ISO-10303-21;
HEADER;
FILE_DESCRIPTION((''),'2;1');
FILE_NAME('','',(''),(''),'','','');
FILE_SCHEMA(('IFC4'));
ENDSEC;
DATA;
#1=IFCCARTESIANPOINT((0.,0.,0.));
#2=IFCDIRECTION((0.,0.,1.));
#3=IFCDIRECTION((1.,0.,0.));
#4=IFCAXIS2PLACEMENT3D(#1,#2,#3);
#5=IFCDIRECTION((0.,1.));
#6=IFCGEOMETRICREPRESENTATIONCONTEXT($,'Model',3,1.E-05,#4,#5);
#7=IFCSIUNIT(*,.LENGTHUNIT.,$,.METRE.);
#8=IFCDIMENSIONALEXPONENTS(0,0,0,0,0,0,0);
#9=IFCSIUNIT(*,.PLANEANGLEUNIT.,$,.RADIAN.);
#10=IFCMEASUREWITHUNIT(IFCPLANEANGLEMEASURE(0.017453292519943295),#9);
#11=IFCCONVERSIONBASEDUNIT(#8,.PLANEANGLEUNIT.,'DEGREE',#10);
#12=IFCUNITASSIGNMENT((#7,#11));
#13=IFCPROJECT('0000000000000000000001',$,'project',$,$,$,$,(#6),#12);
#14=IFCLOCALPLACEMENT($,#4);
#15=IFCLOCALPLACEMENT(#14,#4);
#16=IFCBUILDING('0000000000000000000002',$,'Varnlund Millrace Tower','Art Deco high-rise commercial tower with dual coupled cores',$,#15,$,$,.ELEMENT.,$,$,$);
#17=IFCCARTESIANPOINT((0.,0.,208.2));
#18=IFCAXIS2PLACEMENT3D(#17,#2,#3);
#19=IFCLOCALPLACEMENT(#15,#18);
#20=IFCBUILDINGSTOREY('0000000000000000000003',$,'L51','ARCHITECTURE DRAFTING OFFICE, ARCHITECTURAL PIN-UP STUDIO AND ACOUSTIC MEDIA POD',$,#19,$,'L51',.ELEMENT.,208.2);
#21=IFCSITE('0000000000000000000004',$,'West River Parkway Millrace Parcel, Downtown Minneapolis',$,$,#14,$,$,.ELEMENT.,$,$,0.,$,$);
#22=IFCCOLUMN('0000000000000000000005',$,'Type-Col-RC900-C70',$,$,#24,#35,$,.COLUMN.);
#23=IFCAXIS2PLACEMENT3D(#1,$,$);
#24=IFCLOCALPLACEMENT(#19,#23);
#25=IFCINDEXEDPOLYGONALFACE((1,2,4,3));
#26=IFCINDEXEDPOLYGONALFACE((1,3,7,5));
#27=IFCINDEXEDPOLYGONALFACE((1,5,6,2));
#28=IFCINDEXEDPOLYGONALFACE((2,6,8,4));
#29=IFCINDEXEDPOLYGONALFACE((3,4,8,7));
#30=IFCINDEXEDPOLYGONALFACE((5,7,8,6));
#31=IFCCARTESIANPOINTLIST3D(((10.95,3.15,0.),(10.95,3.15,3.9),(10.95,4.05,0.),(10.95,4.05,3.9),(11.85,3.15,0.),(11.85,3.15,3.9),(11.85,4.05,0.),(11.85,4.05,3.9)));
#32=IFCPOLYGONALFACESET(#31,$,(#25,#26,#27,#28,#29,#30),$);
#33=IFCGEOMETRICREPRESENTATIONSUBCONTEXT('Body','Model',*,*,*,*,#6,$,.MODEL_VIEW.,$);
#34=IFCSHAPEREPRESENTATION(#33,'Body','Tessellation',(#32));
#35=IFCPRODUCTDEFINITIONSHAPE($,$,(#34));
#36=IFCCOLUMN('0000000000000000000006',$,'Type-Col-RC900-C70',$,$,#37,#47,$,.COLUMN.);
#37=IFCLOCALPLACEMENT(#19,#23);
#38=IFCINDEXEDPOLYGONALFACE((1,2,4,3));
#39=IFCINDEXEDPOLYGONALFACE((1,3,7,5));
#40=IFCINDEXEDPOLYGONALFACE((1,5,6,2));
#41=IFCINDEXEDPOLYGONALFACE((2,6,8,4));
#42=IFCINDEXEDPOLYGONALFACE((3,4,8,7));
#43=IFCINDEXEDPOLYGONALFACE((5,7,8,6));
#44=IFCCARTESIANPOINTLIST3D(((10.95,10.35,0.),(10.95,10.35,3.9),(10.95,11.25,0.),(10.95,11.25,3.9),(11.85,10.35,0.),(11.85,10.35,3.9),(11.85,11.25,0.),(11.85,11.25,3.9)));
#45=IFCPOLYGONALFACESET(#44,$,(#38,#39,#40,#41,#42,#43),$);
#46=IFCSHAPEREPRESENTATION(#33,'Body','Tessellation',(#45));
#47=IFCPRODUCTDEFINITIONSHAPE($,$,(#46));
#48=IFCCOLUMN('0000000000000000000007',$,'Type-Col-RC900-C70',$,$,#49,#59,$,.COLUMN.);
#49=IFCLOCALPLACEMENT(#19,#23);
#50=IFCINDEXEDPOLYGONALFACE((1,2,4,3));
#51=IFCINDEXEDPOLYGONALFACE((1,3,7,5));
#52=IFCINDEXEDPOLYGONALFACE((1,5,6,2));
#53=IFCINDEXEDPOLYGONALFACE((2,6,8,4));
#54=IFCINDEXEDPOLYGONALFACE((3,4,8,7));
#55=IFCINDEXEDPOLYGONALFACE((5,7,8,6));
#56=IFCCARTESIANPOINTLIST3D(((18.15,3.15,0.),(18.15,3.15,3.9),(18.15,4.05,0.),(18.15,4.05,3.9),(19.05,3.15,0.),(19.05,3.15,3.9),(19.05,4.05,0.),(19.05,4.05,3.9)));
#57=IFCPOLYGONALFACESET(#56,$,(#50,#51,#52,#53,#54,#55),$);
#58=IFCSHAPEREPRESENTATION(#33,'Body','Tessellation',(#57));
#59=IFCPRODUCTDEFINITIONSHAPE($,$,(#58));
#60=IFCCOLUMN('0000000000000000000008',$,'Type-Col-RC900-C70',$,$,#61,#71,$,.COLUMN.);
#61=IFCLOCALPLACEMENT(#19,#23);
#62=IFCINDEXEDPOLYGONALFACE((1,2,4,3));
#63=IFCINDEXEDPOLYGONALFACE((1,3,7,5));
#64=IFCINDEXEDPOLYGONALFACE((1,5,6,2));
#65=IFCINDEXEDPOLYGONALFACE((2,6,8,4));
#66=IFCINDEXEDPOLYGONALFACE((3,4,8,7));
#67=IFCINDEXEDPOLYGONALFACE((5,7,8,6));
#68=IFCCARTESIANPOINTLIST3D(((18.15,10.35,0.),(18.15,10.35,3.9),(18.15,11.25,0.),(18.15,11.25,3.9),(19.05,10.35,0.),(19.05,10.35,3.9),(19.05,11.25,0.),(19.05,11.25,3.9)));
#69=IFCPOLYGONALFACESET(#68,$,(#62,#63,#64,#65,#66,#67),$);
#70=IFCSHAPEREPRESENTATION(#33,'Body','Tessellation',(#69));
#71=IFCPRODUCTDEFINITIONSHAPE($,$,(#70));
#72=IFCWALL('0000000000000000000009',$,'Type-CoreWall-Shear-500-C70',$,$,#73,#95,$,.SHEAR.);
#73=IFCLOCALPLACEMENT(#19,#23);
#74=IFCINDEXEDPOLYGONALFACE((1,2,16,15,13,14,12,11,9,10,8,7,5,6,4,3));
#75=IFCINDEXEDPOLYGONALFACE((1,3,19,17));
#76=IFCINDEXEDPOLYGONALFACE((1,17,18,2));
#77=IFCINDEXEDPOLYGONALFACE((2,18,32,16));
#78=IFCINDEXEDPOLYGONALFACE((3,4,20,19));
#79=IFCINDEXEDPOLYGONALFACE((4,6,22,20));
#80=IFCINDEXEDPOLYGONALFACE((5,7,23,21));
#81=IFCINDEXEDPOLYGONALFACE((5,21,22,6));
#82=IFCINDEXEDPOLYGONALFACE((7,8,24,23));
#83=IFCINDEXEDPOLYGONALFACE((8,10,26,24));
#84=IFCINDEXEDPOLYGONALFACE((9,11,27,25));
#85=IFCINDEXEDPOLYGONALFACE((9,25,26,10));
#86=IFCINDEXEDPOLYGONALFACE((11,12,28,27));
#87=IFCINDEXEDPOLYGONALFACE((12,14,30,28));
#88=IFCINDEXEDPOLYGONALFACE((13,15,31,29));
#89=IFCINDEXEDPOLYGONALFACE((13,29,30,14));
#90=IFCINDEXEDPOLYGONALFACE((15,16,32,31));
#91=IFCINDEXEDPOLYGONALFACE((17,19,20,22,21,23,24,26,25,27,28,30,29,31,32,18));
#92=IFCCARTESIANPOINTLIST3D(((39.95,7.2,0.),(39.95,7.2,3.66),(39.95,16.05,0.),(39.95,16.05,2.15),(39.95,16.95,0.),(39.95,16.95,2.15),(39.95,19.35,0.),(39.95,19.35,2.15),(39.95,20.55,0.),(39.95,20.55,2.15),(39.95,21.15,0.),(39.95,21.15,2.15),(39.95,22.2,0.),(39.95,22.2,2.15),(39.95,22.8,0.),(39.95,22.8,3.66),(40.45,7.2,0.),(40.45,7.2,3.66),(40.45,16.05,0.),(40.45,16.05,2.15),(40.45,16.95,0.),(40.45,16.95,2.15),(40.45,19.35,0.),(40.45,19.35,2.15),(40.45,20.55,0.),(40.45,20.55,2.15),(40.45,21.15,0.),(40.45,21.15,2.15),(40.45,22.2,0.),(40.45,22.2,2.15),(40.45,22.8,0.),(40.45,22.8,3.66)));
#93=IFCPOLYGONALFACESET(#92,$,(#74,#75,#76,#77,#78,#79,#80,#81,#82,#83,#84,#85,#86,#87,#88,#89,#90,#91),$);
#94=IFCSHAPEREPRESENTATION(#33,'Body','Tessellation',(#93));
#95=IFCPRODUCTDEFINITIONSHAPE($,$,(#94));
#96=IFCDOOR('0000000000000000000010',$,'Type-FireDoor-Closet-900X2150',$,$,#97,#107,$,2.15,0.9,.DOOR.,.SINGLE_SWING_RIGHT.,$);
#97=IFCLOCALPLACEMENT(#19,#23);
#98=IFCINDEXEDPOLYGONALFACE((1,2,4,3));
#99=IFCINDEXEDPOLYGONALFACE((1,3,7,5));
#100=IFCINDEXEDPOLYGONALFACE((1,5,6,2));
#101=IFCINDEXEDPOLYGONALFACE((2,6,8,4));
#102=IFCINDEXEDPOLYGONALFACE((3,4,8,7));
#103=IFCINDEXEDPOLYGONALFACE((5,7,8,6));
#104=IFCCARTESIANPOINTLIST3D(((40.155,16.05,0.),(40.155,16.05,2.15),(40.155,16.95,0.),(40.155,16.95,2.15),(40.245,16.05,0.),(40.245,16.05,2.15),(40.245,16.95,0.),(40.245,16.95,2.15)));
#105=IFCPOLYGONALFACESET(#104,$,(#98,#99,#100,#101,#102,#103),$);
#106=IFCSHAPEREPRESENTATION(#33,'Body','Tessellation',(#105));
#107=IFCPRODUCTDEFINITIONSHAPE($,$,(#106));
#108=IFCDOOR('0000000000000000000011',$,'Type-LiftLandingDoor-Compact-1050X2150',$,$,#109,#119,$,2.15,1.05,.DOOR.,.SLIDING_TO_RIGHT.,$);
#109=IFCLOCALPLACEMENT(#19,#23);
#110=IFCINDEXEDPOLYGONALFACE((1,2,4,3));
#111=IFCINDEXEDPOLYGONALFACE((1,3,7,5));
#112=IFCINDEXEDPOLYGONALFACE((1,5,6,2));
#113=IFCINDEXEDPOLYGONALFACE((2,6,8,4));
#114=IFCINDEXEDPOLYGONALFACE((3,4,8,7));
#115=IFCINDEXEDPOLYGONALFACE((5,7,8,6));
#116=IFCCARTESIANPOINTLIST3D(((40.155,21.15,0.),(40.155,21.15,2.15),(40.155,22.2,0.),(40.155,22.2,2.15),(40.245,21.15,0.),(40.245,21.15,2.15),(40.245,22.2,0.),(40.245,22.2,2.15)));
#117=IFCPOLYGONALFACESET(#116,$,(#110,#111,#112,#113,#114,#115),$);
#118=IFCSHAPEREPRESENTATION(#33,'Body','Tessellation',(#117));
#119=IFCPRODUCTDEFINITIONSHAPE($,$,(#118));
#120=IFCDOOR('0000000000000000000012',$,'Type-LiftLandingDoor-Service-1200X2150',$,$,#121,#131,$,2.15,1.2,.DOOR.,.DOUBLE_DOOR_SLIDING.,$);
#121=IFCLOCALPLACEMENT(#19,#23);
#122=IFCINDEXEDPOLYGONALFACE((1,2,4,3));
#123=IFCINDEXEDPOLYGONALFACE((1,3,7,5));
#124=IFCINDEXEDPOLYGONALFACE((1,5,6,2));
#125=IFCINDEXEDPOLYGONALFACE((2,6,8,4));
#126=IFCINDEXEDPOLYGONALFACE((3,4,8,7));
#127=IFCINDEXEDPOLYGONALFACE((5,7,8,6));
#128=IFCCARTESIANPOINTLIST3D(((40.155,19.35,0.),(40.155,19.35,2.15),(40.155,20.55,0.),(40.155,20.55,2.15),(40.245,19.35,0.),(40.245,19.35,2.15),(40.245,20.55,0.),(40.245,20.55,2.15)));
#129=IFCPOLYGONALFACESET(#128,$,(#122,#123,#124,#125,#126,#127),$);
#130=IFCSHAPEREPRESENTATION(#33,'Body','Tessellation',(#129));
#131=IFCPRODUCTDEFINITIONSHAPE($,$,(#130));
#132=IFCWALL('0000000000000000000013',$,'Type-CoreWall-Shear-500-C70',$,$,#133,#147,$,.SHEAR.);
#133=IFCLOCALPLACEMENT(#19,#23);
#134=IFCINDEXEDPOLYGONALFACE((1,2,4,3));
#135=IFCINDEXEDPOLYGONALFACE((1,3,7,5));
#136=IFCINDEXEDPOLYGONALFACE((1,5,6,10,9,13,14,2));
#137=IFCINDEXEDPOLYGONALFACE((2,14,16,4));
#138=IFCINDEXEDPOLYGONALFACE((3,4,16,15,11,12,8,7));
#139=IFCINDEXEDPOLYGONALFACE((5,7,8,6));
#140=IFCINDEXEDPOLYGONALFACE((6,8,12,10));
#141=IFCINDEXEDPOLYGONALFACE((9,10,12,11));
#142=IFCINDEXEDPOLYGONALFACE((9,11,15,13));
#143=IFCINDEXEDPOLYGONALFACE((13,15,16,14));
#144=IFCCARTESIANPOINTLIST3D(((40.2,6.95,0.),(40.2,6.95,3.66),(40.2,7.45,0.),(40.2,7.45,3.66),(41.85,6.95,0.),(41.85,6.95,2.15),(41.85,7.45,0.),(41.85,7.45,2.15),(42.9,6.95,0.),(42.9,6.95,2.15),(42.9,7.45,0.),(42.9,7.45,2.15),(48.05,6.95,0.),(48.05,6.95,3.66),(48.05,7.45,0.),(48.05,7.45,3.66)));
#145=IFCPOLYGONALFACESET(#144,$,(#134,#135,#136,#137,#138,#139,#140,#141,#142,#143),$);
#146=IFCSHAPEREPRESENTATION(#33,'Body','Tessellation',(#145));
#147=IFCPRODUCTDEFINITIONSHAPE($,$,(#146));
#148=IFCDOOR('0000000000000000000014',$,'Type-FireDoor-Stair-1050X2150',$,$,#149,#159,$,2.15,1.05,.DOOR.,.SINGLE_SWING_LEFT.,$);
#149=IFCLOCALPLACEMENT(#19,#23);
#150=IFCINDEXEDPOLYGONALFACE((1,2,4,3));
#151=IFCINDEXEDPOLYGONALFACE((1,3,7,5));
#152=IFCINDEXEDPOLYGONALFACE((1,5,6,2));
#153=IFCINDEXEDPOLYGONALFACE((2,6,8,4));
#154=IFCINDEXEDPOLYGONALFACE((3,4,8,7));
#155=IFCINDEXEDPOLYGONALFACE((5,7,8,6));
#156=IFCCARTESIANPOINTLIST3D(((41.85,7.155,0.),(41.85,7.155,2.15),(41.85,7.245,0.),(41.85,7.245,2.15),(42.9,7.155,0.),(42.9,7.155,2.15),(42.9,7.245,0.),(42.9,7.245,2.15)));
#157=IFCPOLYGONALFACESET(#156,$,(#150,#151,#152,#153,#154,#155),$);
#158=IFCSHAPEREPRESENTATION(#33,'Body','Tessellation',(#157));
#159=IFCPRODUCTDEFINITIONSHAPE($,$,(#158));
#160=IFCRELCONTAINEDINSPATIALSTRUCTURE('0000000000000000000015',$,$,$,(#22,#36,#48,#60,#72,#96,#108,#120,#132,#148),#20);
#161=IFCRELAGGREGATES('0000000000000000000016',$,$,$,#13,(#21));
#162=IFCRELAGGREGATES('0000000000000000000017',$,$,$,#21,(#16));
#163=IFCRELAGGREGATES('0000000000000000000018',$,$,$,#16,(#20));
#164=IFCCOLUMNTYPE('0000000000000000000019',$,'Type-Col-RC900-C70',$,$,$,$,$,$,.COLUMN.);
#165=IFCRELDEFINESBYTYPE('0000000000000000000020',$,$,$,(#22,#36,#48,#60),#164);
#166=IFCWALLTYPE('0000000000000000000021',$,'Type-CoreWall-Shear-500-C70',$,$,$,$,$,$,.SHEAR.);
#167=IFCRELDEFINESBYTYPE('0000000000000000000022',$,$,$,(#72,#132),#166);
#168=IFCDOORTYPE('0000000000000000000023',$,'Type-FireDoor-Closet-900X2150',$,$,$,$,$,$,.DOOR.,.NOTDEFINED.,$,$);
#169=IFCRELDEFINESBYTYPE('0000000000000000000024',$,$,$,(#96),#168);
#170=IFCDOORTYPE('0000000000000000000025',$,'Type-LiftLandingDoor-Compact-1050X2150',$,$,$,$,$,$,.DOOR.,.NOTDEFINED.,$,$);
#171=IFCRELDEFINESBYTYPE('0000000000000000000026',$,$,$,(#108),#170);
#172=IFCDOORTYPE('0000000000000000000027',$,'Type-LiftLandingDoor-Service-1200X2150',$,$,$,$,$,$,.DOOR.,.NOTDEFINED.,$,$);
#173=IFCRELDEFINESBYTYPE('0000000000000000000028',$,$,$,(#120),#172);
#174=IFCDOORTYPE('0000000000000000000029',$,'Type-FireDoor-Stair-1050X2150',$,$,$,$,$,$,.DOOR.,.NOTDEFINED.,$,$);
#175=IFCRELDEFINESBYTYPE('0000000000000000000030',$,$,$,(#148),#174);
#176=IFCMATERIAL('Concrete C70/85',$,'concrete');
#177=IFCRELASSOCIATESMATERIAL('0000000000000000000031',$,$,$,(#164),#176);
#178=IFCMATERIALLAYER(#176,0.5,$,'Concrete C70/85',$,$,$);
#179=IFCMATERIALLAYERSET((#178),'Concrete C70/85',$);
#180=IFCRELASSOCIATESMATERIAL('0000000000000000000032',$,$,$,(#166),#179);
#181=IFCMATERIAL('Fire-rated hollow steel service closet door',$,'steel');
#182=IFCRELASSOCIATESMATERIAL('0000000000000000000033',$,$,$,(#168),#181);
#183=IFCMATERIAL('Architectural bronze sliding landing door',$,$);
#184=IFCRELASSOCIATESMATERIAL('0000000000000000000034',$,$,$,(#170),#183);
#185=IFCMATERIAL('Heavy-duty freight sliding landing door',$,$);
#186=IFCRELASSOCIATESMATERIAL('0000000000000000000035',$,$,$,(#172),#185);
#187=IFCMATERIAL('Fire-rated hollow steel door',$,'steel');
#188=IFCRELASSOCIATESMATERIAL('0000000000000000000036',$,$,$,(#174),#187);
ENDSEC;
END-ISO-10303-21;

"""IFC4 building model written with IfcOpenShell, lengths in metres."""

from ifc_helpers import new_model, entity, si_unit, converted_unit, direction, frame, origin_with_axes, origin_2d_with_axis, place, context, subcontext, project, spatial, polyline, rectangle, outline, extrude, material, layer, layer_set, material_profile, profile_set, type_object, element, fill, save


model = new_model("IFC4")

# Units and contexts
model_context = context("Model", 3, precision=1e-05, world=origin_with_axes(), true_north=direction((0.0, 1.0)))
body_context = subcontext(model_context, "Body", "Model", "MODEL_VIEW")
ifc_project = project(units=[si_unit("LENGTHUNIT", "METRE"), converted_unit("PLANEANGLEUNIT", "DEGREE", entity("IfcPlaneAngleMeasure", 0.017453292519943295), si_unit("PLANEANGLEUNIT", "RADIAN"), dimensions=[0, 0, 0, 0, 0, 0, 0])], contexts=[model_context])

# Site, building, storey
site_placement = place(None, origin_with_axes())
site = spatial("IfcSite", under=ifc_project, at=site_placement, Name="West River Parkway Millrace Parcel, Downtown Minneapolis", CompositionType="ELEMENT", RefElevation=0.0)
building_placement = place(site_placement, origin_with_axes())
building = spatial("IfcBuilding", under=site, at=building_placement, Name="Varnlund Millrace Tower", Description="Art Deco high-rise commercial tower with dual coupled cores", CompositionType="ELEMENT")
storey_placement = place(building_placement, frame((0.0, 0.0, 208.2), z_axis=(0.0, 0.0, 1.0), x_axis=(1.0, 0.0, 0.0)))
storey = spatial("IfcBuildingStorey", under=building, at=storey_placement, Name="L51", Description="ARCHITECTURE DRAFTING OFFICE, ARCHITECTURAL PIN-UP STUDIO AND ACOUSTIC MEDIA POD", LongName="L51", CompositionType="ELEMENT", Elevation=208.2)

# Columns
ifc_material_1 = material(Name="Concrete C70/85", Category="concrete")
ifc_material_profile = material_profile(ifc_material_1, rectangle(XDim=0.9, YDim=0.9, at=origin_2d_with_axis()), Name="Concrete C70/85")
ifc_profile_set = profile_set([ifc_material_profile], Name="Concrete C70/85")
column_type = type_object("IfcColumnType", Name="Type-Col-RC900-C70", PredefinedType="COLUMN", material=ifc_profile_set)
for number, where, z_axis, x_axis, name in (
    (1, (11.4, 3.6, 0.0), (0.0, 0.0, 1.0), (1.0, 0.0, 0.0), "Type-Col-RC900-C70"),
    (2, (11.4, 10.8, 0.0), (0.0, 0.0, 1.0), (1.0, 0.0, 0.0), "Type-Col-RC900-C70"),
    (3, (18.6, 3.6, 0.0), (0.0, 0.0, 1.0), (1.0, 0.0, 0.0), "Type-Col-RC900-C70"),
    (4, (18.6, 10.8, 0.0), (0.0, 0.0, 1.0), (1.0, 0.0, 0.0), "Type-Col-RC900-C70"),
):
    element("IfcColumn", number, at=place(storey_placement, frame(where, z_axis=z_axis, x_axis=x_axis)), inside=storey, type_object=column_type, Name=name, PredefinedType="COLUMN", context=body_context, shape_type="SweptSolid", body=[
        extrude(rectangle(XDim=0.9, YDim=0.9, at=origin_2d_with_axis()), origin_with_axes(), (0.0, 0.0, 1.0), 3.9),
    ])

# Wall, openings, doors
ifc_layer_1 = layer(ifc_material_1, 0.5, Name="Concrete C70/85")
ifc_layer_set_1 = layer_set([ifc_layer_1], Name="Concrete C70/85")
wall_type_1 = type_object("IfcWallType", Name="Type-CoreWall-Shear-500-C70", PredefinedType="SHEAR", material=ifc_layer_set_1)
wall_1_placement = place(storey_placement, frame((40.2, 7.2, 0.0), z_axis=(0.0, 0.0, 1.0), x_axis=(0.0, 1.0, 0.0)))
wall_1 = element("IfcWall", 5, at=wall_1_placement, inside=storey, type_object=wall_type_1, Name="Type-CoreWall-Shear-500-C70", PredefinedType="SHEAR", context=body_context, shape_type="SweptSolid", body=[
    extrude(outline(polyline([(0.0, -0.25), (15.6, -0.25), (15.6, 0.25), (0.0, 0.25), (0.0, -0.25)])), origin_with_axes(), (0.0, 0.0, 1.0), 3.66),
])
opening_1_placement = place(wall_1_placement, frame((14.475, 0.0, 0.0), z_axis=(0.0, 0.0, 1.0), x_axis=(1.0, 0.0, 0.0)))
opening_1 = element("IfcOpeningElement", 6, at=opening_1_placement, cuts=wall_1, PredefinedType="OPENING", context=body_context, shape_type="SweptSolid", body=[
    extrude(rectangle(XDim=1.05, YDim=0.52, at=origin_2d_with_axis()), origin_with_axes(), (0.0, 0.0, 1.0), 2.15),
])
opening_2_placement = place(wall_1_placement, frame((12.75, 0.0, 0.0), z_axis=(0.0, 0.0, 1.0), x_axis=(1.0, 0.0, 0.0)))
opening_2 = element("IfcOpeningElement", 7, at=opening_2_placement, cuts=wall_1, PredefinedType="OPENING", context=body_context, shape_type="SweptSolid", body=[
    extrude(rectangle(XDim=1.2, YDim=0.52, at=origin_2d_with_axis()), origin_with_axes(), (0.0, 0.0, 1.0), 2.15),
])
opening_3_placement = place(wall_1_placement, frame((9.3, 0.0, 0.0), z_axis=(0.0, 0.0, 1.0), x_axis=(1.0, 0.0, 0.0)))
opening_3 = element("IfcOpeningElement", 8, at=opening_3_placement, cuts=wall_1, PredefinedType="OPENING", context=body_context, shape_type="SweptSolid", body=[
    extrude(rectangle(XDim=0.9, YDim=0.52, at=origin_2d_with_axis()), origin_with_axes(), (0.0, 0.0, 1.0), 2.15),
])
ifc_material_2 = material(Name="Fire-rated hollow steel service closet door", Category="steel")
door_type_1 = type_object("IfcDoorType", Name="Type-FireDoor-Closet-900X2150", OperationType="NOTDEFINED", PredefinedType="DOOR", material=ifc_material_2)
door_1_placement = place(wall_1_placement, frame((9.3, 0.0, 0.0), z_axis=(0.0, 0.0, 1.0), x_axis=(1.0, 0.0, 0.0)))
door_1 = element("IfcDoor", 9, at=door_1_placement, inside=storey, type_object=door_type_1, Name="Type-FireDoor-Closet-900X2150", OperationType="SINGLE_SWING_RIGHT", OverallHeight=2.15, OverallWidth=0.9, PredefinedType="DOOR", context=body_context, shape_type="SweptSolid", body=[
    extrude(rectangle(XDim=0.9, YDim=0.09, at=origin_2d_with_axis()), origin_with_axes(), (0.0, 0.0, 1.0), 2.15),
])
fill(opening_3, door_1)
ifc_material_3 = material(Name="Architectural bronze sliding landing door")
door_type_2 = type_object("IfcDoorType", Name="Type-LiftLandingDoor-Compact-1050X2150", OperationType="NOTDEFINED", PredefinedType="DOOR", material=ifc_material_3)
door_2_placement = place(wall_1_placement, frame((14.475, 0.0, 0.0), z_axis=(0.0, 0.0, 1.0), x_axis=(1.0, 0.0, 0.0)))
door_2 = element("IfcDoor", 10, at=door_2_placement, inside=storey, type_object=door_type_2, Name="Type-LiftLandingDoor-Compact-1050X2150", OperationType="SLIDING_TO_RIGHT", OverallHeight=2.15, OverallWidth=1.05, PredefinedType="DOOR", context=body_context, shape_type="SweptSolid", body=[
    extrude(rectangle(XDim=1.05, YDim=0.09, at=origin_2d_with_axis()), origin_with_axes(), (0.0, 0.0, 1.0), 2.15),
])
fill(opening_1, door_2)
ifc_material_4 = material(Name="Heavy-duty freight sliding landing door")
door_type_3 = type_object("IfcDoorType", Name="Type-LiftLandingDoor-Service-1200X2150", OperationType="NOTDEFINED", PredefinedType="DOOR", material=ifc_material_4)
door_3_placement = place(wall_1_placement, frame((12.75, 0.0, 0.0), z_axis=(0.0, 0.0, 1.0), x_axis=(1.0, 0.0, 0.0)))
door_3 = element("IfcDoor", 11, at=door_3_placement, inside=storey, type_object=door_type_3, Name="Type-LiftLandingDoor-Service-1200X2150", OperationType="DOUBLE_DOOR_SLIDING", OverallHeight=2.15, OverallWidth=1.2, PredefinedType="DOOR", context=body_context, shape_type="SweptSolid", body=[
    extrude(rectangle(XDim=1.2, YDim=0.09, at=origin_2d_with_axis()), origin_with_axes(), (0.0, 0.0, 1.0), 2.15),
])
fill(opening_2, door_3)

# Wall, opening, door
wall_2_placement = place(storey_placement, frame((40.2, 7.2, 0.0), z_axis=(0.0, 0.0, 1.0), x_axis=(1.0, 0.0, 0.0)))
wall_2 = element("IfcWall", 12, at=wall_2_placement, inside=storey, type_object=wall_type_1, Name="Type-CoreWall-Shear-500-C70", PredefinedType="SHEAR", context=body_context, shape_type="SweptSolid", body=[
    extrude(outline(polyline([(0.0, -0.25), (7.85, -0.25), (7.85, 0.25), (0.0, 0.25), (0.0, -0.25)])), origin_with_axes(), (0.0, 0.0, 1.0), 3.66),
])
opening_4_placement = place(wall_2_placement, frame((2.175, 0.0, 0.0), z_axis=(0.0, 0.0, 1.0), x_axis=(1.0, 0.0, 0.0)))
opening_4 = element("IfcOpeningElement", 13, at=opening_4_placement, cuts=wall_2, PredefinedType="OPENING", context=body_context, shape_type="SweptSolid", body=[
    extrude(rectangle(XDim=1.05, YDim=0.52, at=origin_2d_with_axis()), origin_with_axes(), (0.0, 0.0, 1.0), 2.15),
])
ifc_material_5 = material(Name="Fire-rated hollow steel door", Category="steel")
door_type_4 = type_object("IfcDoorType", Name="Type-FireDoor-Stair-1050X2150", OperationType="NOTDEFINED", PredefinedType="DOOR", material=ifc_material_5)
door_4_placement = place(wall_2_placement, frame((2.175, 0.0, 0.0), z_axis=(0.0, 0.0, 1.0), x_axis=(1.0, 0.0, 0.0)))
door_4 = element("IfcDoor", 14, at=door_4_placement, inside=storey, type_object=door_type_4, Name="Type-FireDoor-Stair-1050X2150", OperationType="SINGLE_SWING_LEFT", OverallHeight=2.15, OverallWidth=1.05, PredefinedType="DOOR", context=body_context, shape_type="SweptSolid", body=[
    extrude(rectangle(XDim=1.05, YDim=0.09, at=origin_2d_with_axis()), origin_with_axes(), (0.0, 0.0, 1.0), 2.15),
])
fill(opening_4, door_4)

save(model, "model.ifc")
